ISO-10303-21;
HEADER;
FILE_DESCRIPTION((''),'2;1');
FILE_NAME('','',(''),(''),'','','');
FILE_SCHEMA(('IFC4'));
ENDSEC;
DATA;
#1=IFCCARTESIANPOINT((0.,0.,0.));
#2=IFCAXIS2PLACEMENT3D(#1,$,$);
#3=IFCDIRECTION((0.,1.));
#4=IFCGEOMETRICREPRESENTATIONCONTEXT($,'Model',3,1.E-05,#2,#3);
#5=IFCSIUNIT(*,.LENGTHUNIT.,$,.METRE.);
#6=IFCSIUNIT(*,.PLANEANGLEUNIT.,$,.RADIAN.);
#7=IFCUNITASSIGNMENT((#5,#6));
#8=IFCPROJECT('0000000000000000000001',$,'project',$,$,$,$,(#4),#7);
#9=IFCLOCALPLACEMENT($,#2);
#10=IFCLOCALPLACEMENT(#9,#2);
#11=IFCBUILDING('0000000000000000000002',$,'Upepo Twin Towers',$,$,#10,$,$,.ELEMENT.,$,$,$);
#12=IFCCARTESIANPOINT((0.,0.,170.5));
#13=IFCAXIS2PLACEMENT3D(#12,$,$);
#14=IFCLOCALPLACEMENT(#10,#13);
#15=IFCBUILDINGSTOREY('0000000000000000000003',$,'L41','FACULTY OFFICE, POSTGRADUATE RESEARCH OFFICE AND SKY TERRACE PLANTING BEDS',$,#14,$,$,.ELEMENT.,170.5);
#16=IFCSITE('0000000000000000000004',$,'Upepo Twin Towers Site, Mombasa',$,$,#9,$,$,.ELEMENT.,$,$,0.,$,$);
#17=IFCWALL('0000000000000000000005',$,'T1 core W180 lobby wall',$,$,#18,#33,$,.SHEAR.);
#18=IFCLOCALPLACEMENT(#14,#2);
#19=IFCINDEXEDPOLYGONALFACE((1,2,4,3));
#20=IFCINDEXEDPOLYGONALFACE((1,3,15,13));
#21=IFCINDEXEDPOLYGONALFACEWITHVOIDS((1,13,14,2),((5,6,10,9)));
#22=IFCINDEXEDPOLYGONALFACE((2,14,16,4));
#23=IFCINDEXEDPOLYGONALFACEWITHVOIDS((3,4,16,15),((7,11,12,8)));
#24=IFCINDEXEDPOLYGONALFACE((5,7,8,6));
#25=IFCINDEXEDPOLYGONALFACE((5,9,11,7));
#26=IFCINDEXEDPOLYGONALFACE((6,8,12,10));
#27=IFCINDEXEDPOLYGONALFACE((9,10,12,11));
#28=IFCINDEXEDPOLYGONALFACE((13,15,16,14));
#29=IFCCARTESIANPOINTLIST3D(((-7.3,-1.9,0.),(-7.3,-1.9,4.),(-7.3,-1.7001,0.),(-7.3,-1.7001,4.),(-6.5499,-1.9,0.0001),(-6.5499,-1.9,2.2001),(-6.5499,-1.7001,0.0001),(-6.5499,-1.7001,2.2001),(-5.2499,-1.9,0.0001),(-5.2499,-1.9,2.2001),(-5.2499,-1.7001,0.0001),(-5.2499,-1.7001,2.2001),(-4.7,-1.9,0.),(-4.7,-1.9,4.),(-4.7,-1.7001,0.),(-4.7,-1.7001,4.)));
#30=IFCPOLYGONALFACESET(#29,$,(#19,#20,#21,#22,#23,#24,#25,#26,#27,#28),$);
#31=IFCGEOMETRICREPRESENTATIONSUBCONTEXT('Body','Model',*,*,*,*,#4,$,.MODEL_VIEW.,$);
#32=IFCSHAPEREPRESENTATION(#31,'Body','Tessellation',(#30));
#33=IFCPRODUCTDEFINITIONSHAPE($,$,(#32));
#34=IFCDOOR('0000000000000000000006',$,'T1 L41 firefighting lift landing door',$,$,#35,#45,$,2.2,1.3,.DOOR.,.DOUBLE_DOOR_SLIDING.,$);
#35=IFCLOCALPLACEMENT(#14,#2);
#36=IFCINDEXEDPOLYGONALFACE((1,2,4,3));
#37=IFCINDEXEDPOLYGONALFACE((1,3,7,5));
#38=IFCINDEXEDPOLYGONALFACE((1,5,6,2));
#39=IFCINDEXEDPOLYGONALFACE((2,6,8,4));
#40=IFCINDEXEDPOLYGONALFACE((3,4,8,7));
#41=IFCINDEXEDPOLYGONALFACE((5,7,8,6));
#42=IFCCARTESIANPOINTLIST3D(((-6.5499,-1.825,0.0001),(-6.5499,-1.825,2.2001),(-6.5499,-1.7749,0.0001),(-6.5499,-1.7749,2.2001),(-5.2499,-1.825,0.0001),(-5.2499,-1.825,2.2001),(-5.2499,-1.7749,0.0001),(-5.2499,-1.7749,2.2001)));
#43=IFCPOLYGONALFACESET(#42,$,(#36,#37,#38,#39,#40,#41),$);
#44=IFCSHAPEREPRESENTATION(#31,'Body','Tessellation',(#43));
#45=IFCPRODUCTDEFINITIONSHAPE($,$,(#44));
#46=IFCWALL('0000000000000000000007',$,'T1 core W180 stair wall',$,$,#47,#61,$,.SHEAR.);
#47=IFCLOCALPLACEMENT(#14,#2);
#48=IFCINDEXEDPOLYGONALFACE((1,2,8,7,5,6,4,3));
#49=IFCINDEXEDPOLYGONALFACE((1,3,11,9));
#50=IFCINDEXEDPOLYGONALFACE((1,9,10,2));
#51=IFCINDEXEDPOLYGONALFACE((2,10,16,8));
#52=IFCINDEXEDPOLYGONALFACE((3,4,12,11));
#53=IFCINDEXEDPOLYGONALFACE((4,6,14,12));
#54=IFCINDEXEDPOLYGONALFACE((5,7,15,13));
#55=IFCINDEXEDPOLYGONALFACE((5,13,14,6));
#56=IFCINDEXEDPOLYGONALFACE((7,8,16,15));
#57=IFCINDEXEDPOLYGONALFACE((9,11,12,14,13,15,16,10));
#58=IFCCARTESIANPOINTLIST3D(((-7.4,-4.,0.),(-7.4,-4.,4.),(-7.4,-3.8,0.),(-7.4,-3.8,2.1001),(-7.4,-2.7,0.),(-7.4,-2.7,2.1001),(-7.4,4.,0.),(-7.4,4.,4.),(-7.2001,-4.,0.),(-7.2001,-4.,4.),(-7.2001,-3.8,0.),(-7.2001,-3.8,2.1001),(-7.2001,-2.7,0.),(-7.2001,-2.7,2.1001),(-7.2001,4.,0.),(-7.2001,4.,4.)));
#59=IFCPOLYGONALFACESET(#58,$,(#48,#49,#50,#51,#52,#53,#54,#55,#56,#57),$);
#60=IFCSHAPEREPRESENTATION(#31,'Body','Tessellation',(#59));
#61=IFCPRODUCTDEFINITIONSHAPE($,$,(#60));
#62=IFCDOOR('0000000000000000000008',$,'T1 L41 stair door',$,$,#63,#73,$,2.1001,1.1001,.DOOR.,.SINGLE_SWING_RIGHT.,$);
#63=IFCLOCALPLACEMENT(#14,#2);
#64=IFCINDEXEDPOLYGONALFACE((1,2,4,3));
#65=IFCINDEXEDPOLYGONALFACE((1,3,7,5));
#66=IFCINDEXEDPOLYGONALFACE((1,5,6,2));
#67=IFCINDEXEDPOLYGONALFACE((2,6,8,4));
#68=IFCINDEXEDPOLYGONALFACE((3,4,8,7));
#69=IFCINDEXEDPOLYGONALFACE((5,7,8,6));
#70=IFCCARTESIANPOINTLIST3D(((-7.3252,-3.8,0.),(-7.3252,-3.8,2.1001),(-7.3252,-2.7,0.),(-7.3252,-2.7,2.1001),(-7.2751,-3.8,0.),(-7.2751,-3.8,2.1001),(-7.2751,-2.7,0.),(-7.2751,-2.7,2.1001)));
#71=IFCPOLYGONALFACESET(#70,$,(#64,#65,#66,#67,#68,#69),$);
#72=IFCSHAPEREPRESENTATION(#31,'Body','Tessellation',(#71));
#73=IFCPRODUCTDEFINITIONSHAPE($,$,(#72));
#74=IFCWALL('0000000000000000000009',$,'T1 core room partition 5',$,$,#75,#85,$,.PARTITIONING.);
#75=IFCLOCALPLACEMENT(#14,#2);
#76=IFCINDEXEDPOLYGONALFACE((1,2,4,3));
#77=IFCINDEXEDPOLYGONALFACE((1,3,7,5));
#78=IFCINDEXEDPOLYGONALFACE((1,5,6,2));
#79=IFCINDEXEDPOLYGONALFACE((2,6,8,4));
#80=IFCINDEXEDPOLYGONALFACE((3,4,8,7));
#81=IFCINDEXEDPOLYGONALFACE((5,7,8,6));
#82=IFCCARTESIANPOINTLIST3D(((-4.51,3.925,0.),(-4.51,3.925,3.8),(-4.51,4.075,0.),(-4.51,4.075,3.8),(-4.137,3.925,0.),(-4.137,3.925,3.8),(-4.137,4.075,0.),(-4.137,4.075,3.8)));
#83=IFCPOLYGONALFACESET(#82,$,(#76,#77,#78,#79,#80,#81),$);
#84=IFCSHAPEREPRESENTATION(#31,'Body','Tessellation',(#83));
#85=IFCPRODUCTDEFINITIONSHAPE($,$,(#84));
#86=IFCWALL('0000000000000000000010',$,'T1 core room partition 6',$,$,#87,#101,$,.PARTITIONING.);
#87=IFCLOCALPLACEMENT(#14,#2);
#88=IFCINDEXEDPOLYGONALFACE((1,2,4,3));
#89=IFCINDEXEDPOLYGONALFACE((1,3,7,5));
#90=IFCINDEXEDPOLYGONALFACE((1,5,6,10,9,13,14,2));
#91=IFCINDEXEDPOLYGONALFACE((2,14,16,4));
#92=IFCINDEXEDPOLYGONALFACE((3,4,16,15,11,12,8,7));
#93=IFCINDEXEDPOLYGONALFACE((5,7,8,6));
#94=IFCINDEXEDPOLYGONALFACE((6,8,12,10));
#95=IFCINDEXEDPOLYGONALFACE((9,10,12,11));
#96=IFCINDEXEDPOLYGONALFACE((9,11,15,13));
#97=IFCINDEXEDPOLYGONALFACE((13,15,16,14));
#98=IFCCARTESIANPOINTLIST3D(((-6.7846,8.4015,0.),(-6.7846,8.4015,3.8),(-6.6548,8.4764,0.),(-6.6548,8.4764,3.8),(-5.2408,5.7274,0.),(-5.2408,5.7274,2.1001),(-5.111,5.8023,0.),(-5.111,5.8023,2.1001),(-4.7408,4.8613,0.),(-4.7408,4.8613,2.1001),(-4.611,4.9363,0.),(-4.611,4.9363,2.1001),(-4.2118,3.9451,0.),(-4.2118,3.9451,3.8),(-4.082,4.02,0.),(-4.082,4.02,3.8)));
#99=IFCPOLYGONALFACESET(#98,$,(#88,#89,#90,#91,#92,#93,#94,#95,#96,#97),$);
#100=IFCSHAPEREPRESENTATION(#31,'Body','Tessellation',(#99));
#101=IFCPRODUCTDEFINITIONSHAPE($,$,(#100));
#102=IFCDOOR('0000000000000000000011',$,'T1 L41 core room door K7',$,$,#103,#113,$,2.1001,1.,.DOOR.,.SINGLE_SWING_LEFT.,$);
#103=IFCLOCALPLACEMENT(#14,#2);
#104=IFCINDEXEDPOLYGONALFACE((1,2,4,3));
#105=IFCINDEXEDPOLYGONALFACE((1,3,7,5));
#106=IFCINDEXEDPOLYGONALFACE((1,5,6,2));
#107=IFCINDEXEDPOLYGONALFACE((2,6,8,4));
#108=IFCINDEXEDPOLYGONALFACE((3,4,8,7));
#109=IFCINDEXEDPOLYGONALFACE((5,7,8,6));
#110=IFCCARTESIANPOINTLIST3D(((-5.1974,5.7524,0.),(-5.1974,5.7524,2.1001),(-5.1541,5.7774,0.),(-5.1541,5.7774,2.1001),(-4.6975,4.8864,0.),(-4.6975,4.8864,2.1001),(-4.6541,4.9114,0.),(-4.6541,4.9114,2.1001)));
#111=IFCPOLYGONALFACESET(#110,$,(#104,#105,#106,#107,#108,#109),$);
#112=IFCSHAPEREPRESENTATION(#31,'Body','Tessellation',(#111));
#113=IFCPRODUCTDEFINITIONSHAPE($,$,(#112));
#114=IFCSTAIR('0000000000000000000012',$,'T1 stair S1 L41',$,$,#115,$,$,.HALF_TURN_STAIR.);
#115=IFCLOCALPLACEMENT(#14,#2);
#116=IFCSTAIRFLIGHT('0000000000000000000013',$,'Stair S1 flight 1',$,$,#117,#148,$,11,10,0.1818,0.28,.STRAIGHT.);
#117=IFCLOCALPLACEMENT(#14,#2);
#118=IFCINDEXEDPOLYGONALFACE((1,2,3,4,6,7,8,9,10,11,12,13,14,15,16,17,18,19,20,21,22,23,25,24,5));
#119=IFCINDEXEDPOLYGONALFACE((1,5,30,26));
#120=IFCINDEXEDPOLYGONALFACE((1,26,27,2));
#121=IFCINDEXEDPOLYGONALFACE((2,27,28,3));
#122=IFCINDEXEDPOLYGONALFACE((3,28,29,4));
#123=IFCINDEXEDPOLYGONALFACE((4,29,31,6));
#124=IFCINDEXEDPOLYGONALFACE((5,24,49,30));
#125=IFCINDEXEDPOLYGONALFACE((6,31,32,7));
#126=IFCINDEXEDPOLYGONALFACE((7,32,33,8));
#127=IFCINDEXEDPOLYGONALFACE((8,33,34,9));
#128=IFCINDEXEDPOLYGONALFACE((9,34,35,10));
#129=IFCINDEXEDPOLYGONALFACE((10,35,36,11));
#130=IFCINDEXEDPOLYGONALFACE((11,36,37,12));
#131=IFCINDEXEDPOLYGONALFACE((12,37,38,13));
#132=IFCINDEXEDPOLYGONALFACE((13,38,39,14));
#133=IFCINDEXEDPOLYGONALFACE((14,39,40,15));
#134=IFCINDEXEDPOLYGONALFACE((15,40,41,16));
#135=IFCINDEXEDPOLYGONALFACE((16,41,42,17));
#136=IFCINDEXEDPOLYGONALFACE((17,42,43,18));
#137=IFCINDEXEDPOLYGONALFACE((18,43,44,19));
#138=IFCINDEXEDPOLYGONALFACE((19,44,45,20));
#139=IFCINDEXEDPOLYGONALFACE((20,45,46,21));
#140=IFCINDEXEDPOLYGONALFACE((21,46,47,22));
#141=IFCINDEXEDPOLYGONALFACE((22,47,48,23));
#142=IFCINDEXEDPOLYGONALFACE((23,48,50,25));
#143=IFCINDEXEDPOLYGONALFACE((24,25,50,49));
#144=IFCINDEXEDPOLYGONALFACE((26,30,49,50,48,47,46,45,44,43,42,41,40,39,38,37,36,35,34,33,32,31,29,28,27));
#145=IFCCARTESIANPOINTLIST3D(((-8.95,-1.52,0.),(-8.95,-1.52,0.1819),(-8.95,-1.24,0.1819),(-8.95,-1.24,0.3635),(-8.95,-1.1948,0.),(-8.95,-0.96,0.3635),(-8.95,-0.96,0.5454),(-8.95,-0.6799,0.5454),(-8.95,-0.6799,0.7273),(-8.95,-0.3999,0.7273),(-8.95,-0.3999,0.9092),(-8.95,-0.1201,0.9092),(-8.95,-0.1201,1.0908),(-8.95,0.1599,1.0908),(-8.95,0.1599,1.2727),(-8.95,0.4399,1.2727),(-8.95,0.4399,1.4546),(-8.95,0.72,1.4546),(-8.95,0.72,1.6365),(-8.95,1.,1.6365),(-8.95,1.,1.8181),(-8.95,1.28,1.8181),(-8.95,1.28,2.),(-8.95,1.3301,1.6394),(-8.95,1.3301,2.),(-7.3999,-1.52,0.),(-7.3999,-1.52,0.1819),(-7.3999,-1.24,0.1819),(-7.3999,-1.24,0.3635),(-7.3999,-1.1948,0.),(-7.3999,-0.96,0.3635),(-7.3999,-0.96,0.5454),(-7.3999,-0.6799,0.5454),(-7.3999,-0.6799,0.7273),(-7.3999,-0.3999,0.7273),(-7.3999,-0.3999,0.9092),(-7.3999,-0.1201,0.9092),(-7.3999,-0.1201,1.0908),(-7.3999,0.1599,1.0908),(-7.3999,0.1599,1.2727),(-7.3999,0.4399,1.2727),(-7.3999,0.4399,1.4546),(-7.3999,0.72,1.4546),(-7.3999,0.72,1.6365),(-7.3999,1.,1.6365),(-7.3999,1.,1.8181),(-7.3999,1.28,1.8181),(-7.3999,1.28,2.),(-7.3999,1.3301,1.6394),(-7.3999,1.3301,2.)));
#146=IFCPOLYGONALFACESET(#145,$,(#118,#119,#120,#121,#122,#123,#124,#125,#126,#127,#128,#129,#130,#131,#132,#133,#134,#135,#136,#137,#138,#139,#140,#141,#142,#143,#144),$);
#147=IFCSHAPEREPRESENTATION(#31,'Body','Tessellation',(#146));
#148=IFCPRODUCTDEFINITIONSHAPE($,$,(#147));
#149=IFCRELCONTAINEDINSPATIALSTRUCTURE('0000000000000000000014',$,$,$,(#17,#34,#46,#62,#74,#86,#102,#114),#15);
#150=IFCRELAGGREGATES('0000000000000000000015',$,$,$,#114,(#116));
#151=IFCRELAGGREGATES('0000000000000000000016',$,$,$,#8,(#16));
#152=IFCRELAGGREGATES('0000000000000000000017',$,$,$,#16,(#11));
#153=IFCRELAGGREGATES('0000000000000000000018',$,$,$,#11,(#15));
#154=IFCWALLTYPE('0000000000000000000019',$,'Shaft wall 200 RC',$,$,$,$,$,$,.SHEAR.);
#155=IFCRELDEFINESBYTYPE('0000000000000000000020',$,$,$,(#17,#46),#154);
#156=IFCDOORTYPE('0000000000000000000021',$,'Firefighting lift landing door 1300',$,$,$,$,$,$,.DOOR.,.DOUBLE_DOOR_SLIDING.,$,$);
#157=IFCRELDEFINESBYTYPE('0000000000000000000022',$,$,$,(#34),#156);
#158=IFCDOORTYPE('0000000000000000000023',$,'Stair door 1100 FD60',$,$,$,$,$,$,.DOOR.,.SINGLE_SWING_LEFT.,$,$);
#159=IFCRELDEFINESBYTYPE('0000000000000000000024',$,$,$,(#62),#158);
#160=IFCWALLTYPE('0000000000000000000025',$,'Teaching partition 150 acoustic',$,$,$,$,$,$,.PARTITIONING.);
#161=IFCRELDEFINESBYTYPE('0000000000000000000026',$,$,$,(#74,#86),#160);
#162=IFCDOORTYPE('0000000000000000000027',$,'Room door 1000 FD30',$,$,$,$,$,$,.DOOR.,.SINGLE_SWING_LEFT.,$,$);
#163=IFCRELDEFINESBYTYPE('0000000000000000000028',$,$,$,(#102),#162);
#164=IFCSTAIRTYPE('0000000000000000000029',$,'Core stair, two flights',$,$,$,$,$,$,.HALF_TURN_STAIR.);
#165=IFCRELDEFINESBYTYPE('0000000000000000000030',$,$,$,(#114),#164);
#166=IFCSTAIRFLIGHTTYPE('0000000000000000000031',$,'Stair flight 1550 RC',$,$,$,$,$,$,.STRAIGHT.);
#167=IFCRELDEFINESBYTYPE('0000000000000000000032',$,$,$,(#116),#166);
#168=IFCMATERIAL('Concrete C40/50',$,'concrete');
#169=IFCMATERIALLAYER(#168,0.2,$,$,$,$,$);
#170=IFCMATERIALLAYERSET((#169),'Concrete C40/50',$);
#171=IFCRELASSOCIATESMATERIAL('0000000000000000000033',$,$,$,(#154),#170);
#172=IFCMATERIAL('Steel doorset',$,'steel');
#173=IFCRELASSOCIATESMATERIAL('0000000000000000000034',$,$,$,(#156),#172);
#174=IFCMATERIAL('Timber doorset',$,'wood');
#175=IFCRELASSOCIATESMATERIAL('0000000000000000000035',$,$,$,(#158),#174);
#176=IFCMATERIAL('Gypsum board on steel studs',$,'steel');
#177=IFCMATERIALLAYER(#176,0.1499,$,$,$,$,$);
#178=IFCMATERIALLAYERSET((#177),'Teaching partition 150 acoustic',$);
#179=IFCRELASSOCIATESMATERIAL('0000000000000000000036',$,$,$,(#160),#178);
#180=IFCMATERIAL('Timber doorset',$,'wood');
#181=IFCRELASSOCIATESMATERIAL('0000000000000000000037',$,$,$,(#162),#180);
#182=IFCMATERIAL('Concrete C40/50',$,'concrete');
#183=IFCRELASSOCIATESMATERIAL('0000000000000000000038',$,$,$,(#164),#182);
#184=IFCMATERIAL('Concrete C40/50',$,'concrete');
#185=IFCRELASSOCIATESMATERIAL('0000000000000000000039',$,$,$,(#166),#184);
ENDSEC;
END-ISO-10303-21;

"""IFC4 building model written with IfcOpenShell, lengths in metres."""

from ifc_helpers import new_model, si_unit, direction, frame, frame_2d, origin, place, context, subcontext, project, spatial, polyline, rectangle, outline, extrude, material, layer, layer_set, type_object, element, fill, aggregate, save


model = new_model("IFC4")

# Units and contexts
model_context = context("Model", 3, precision=1e-05, world=origin(), true_north=direction((0.0, 1.0)))
body_context = subcontext(model_context, "Body", "Model", "MODEL_VIEW")
ifc_project = project(units=[si_unit("LENGTHUNIT", "METRE"), si_unit("PLANEANGLEUNIT", "RADIAN")], contexts=[model_context])

# Site, building, storey
site_placement = place(None, origin())
site = spatial("IfcSite", under=ifc_project, at=site_placement, Name="Upepo Twin Towers Site, Mombasa", CompositionType="ELEMENT", RefElevation=0.0)
building_placement = place(site_placement, origin())
building = spatial("IfcBuilding", under=site, at=building_placement, Name="Upepo Twin Towers", CompositionType="ELEMENT")
storey_placement = place(building_placement, frame((0.0, 0.0, 170.5)))
storey = spatial("IfcBuildingStorey", under=building, at=storey_placement, Name="L41", Description="FACULTY OFFICE, POSTGRADUATE RESEARCH OFFICE AND SKY TERRACE PLANTING BEDS", CompositionType="ELEMENT", Elevation=170.5)

# Shared definitions
ifc_material_1 = material(Name="Concrete C40/50", Category="concrete")
ifc_layer_1 = layer(ifc_material_1, 0.2)
ifc_layer_set_1 = layer_set([ifc_layer_1], Name="Concrete C40/50")
wall_type_1 = type_object("IfcWallType", Name="Shaft wall 200 RC", PredefinedType="SHEAR", material=ifc_layer_set_1)

# Walls, openings, doors
wall_1_placement = place(storey_placement, frame((-4.7, -1.8, 0.0), z_axis=(0.0, 0.0, 1.0), x_axis=(-1.0, 0.0, 0.0)))
wall_1 = element("IfcWall", 1, at=wall_1_placement, inside=storey, type_object=wall_type_1, Name="T1 core W180 lobby wall", PredefinedType="SHEAR", context=body_context, shape_type="SweptSolid", body=[
    extrude(rectangle(XDim=2.6001, YDim=0.2, at=frame_2d((1.3, 0.0))), origin(), (0.0, 0.0, 1.0), 4.0),
])
opening_1_placement = place(wall_1_placement, frame((0.55, 0.0, 0.0)))
opening_1 = element("IfcOpeningElement", 2, at=opening_1_placement, cuts=wall_1, PredefinedType="OPENING", context=body_context, shape_type="SweptSolid", body=[
    extrude(rectangle(XDim=1.3, YDim=2.2, at=frame_2d((0.6499, 1.1001))), frame((0.0, 0.1099, 0.0), z_axis=(0.0, -1.0, 0.0), x_axis=(1.0, 0.0, 0.0)), (0.0, 0.0, 1.0), 0.22),
])
ifc_material_2 = material(Name="Steel doorset", Category="steel")
door_type_1 = type_object("IfcDoorType", Name="Firefighting lift landing door 1300", OperationType="DOUBLE_DOOR_SLIDING", PredefinedType="DOOR", material=ifc_material_2)
door_1_placement = place(opening_1_placement, origin())
door_1 = element("IfcDoor", 3, at=door_1_placement, inside=storey, type_object=door_type_1, Name="T1 L41 firefighting lift landing door", OperationType="DOUBLE_DOOR_SLIDING", OverallHeight=2.2, OverallWidth=1.3, PredefinedType="DOOR", context=body_context, shape_type="SweptSolid", body=[
    extrude(rectangle(XDim=1.3, YDim=2.2, at=frame_2d((0.6499, 1.1001))), frame((0.0, 0.0249, 0.0), z_axis=(0.0, -1.0, 0.0), x_axis=(1.0, 0.0, 0.0)), (0.0, 0.0, 1.0), 0.05),
])
fill(opening_1, door_1)
wall_2_placement = place(storey_placement, frame((-7.3, 4.0, 0.0), z_axis=(0.0, 0.0, 1.0), x_axis=(0.0, -1.0, 0.0)))
wall_2 = element("IfcWall", 4, at=wall_2_placement, inside=storey, type_object=wall_type_1, Name="T1 core W180 stair wall", PredefinedType="SHEAR", context=body_context, shape_type="SweptSolid", body=[
    extrude(rectangle(XDim=8.0, YDim=0.2, at=frame_2d((4.0, 0.0))), origin(), (0.0, 0.0, 1.0), 4.0),
])
opening_2_placement = place(wall_2_placement, frame((6.7, 0.0, 0.0)))
opening_2 = element("IfcOpeningElement", 5, at=opening_2_placement, cuts=wall_2, PredefinedType="OPENING", context=body_context, shape_type="SweptSolid", body=[
    extrude(rectangle(XDim=1.1001, YDim=2.1001, at=frame_2d((0.55, 1.05))), frame((0.0, 0.1099, 0.0), z_axis=(0.0, -1.0, 0.0), x_axis=(1.0, 0.0, 0.0)), (0.0, 0.0, 1.0), 0.22),
])
ifc_material_3 = material(Name="Timber doorset", Category="wood")
door_type_2 = type_object("IfcDoorType", Name="Stair door 1100 FD60", OperationType="SINGLE_SWING_LEFT", PredefinedType="DOOR", material=ifc_material_3)
door_2_placement = place(opening_2_placement, origin())
door_2 = element("IfcDoor", 6, at=door_2_placement, inside=storey, type_object=door_type_2, Name="T1 L41 stair door", OperationType="SINGLE_SWING_RIGHT", OverallHeight=2.1001, OverallWidth=1.1001, PredefinedType="DOOR", context=body_context, shape_type="SweptSolid", body=[
    extrude(rectangle(XDim=1.1001, YDim=2.1001, at=frame_2d((0.55, 1.05))), frame((0.0, 0.0249, 0.0), z_axis=(0.0, -1.0, 0.0), x_axis=(1.0, 0.0, 0.0)), (0.0, 0.0, 1.0), 0.05),
])
fill(opening_2, door_2)

# Wall
ifc_material_4 = material(Name="Gypsum board on steel studs", Category="steel")
ifc_layer_2 = layer(ifc_material_4, 0.1499)
ifc_layer_set_2 = layer_set([ifc_layer_2], Name="Teaching partition 150 acoustic")
wall_type_2 = type_object("IfcWallType", Name="Teaching partition 150 acoustic", PredefinedType="PARTITIONING", material=ifc_layer_set_2)
wall_3_placement = place(storey_placement, frame((-4.51, 4.0, 0.0), z_axis=(0.0, 0.0, 1.0), x_axis=(1.0, 0.0, 0.0)))
element("IfcWall", 7, at=wall_3_placement, inside=storey, type_object=wall_type_2, Name="T1 core room partition 5", PredefinedType="PARTITIONING", context=body_context, shape_type="SweptSolid", body=[
    extrude(rectangle(XDim=0.373, YDim=0.1499, at=frame_2d((0.1865, 0.0))), origin(), (0.0, 0.0, 1.0), 3.8),
])

# Wall, opening, door
wall_4_placement = place(storey_placement, frame((-4.147, 3.9827, 0.0), z_axis=(0.0, 0.0, 1.0), x_axis=(-0.499987, 0.866033, 0.0)))
wall_4 = element("IfcWall", 8, at=wall_4_placement, inside=storey, type_object=wall_type_2, Name="T1 core room partition 6", PredefinedType="PARTITIONING", context=body_context, shape_type="SweptSolid", body=[
    extrude(rectangle(XDim=5.1458, YDim=0.1499, at=frame_2d((2.5728, 0.0))), origin(), (0.0, 0.0, 1.0), 3.8),
])
opening_3_placement = place(wall_4_placement, frame((1.0579, 0.0, 0.0)))
opening_3 = element("IfcOpeningElement", 9, at=opening_3_placement, cuts=wall_4, PredefinedType="OPENING", context=body_context, shape_type="SweptSolid", body=[
    extrude(rectangle(XDim=1.0, YDim=2.1001, at=frame_2d((0.5, 1.05))), frame((0.0, 0.085, 0.0), z_axis=(0.0, -1.0, 0.0), x_axis=(1.0, 0.0, 0.0)), (0.0, 0.0, 1.0), 0.1699),
])
ifc_material_5 = material(Name="Timber doorset", Category="wood")
door_type_3 = type_object("IfcDoorType", Name="Room door 1000 FD30", OperationType="SINGLE_SWING_LEFT", PredefinedType="DOOR", material=ifc_material_5)
door_3_placement = place(opening_3_placement, origin())
door_3 = element("IfcDoor", 10, at=door_3_placement, inside=storey, type_object=door_type_3, Name="T1 L41 core room door K7", OperationType="SINGLE_SWING_LEFT", OverallHeight=2.1001, OverallWidth=1.0, PredefinedType="DOOR", context=body_context, shape_type="SweptSolid", body=[
    extrude(rectangle(XDim=1.0, YDim=2.1001, at=frame_2d((0.5, 1.05))), frame((0.0, 0.0249, 0.0), z_axis=(0.0, -1.0, 0.0), x_axis=(1.0, 0.0, 0.0)), (0.0, 0.0, 1.0), 0.05),
])
fill(opening_3, door_3)

# Stair, stair flight
ifc_material_6 = material(Name="Concrete C40/50", Category="concrete")
stair_type = type_object("IfcStairType", Name="Core stair, two flights", PredefinedType="HALF_TURN_STAIR", material=ifc_material_6)
stair_placement = place(storey_placement, origin())
stair = element("IfcStair", 11, at=stair_placement, inside=storey, type_object=stair_type, Name="T1 stair S1 L41", PredefinedType="HALF_TURN_STAIR")
ifc_material_7 = material(Name="Concrete C40/50", Category="concrete")
stair_flight_type = type_object("IfcStairFlightType", Name="Stair flight 1550 RC", PredefinedType="STRAIGHT", material=ifc_material_7)
stair_flight_1_placement = place(storey_placement, frame((-8.175, -1.52, 0.0), z_axis=(0.0, 0.0, 1.0), x_axis=(0.0, 1.0, 0.0)))
stair_flight_1 = element("IfcStairFlight", 12, at=stair_flight_1_placement, type_object=stair_flight_type, Name="Stair S1 flight 1", NumberOfRisers=11, NumberOfTreads=10, PredefinedType="STRAIGHT", RiserHeight=0.1818, TreadLength=0.28, context=body_context, shape_type="SweptSolid", body=[
    extrude(outline(polyline([(0.0, 0.0), (0.0, 0.1819), (0.28, 0.1819), (0.28, 0.3635), (0.5601, 0.3635), (0.5601, 0.5454), (0.8401, 0.5454), (0.8401, 0.7273), (1.1201, 0.7273), (1.1201, 0.9092), (1.3999, 0.9092), (1.3999, 1.0908), (1.6799, 1.0908), (1.6799, 1.2727), (1.96, 1.2727), (1.96, 1.4546), (2.24, 1.4546), (2.24, 1.6365), (2.52, 1.6365), (2.52, 1.8181), (2.8, 1.8181), (2.8, 2.0), (2.8501, 2.0), (2.8501, 1.6394), (0.3252, 0.0), (0.0, 0.0)])), frame((0.0, 0.7749, 0.0), z_axis=(0.0, -1.0, 0.0), x_axis=(1.0, 0.0, 0.0)), (0.0, 0.0, 1.0), 1.55),
])
aggregate(stair, [stair_flight_1])

save(model, "model.ifc")
